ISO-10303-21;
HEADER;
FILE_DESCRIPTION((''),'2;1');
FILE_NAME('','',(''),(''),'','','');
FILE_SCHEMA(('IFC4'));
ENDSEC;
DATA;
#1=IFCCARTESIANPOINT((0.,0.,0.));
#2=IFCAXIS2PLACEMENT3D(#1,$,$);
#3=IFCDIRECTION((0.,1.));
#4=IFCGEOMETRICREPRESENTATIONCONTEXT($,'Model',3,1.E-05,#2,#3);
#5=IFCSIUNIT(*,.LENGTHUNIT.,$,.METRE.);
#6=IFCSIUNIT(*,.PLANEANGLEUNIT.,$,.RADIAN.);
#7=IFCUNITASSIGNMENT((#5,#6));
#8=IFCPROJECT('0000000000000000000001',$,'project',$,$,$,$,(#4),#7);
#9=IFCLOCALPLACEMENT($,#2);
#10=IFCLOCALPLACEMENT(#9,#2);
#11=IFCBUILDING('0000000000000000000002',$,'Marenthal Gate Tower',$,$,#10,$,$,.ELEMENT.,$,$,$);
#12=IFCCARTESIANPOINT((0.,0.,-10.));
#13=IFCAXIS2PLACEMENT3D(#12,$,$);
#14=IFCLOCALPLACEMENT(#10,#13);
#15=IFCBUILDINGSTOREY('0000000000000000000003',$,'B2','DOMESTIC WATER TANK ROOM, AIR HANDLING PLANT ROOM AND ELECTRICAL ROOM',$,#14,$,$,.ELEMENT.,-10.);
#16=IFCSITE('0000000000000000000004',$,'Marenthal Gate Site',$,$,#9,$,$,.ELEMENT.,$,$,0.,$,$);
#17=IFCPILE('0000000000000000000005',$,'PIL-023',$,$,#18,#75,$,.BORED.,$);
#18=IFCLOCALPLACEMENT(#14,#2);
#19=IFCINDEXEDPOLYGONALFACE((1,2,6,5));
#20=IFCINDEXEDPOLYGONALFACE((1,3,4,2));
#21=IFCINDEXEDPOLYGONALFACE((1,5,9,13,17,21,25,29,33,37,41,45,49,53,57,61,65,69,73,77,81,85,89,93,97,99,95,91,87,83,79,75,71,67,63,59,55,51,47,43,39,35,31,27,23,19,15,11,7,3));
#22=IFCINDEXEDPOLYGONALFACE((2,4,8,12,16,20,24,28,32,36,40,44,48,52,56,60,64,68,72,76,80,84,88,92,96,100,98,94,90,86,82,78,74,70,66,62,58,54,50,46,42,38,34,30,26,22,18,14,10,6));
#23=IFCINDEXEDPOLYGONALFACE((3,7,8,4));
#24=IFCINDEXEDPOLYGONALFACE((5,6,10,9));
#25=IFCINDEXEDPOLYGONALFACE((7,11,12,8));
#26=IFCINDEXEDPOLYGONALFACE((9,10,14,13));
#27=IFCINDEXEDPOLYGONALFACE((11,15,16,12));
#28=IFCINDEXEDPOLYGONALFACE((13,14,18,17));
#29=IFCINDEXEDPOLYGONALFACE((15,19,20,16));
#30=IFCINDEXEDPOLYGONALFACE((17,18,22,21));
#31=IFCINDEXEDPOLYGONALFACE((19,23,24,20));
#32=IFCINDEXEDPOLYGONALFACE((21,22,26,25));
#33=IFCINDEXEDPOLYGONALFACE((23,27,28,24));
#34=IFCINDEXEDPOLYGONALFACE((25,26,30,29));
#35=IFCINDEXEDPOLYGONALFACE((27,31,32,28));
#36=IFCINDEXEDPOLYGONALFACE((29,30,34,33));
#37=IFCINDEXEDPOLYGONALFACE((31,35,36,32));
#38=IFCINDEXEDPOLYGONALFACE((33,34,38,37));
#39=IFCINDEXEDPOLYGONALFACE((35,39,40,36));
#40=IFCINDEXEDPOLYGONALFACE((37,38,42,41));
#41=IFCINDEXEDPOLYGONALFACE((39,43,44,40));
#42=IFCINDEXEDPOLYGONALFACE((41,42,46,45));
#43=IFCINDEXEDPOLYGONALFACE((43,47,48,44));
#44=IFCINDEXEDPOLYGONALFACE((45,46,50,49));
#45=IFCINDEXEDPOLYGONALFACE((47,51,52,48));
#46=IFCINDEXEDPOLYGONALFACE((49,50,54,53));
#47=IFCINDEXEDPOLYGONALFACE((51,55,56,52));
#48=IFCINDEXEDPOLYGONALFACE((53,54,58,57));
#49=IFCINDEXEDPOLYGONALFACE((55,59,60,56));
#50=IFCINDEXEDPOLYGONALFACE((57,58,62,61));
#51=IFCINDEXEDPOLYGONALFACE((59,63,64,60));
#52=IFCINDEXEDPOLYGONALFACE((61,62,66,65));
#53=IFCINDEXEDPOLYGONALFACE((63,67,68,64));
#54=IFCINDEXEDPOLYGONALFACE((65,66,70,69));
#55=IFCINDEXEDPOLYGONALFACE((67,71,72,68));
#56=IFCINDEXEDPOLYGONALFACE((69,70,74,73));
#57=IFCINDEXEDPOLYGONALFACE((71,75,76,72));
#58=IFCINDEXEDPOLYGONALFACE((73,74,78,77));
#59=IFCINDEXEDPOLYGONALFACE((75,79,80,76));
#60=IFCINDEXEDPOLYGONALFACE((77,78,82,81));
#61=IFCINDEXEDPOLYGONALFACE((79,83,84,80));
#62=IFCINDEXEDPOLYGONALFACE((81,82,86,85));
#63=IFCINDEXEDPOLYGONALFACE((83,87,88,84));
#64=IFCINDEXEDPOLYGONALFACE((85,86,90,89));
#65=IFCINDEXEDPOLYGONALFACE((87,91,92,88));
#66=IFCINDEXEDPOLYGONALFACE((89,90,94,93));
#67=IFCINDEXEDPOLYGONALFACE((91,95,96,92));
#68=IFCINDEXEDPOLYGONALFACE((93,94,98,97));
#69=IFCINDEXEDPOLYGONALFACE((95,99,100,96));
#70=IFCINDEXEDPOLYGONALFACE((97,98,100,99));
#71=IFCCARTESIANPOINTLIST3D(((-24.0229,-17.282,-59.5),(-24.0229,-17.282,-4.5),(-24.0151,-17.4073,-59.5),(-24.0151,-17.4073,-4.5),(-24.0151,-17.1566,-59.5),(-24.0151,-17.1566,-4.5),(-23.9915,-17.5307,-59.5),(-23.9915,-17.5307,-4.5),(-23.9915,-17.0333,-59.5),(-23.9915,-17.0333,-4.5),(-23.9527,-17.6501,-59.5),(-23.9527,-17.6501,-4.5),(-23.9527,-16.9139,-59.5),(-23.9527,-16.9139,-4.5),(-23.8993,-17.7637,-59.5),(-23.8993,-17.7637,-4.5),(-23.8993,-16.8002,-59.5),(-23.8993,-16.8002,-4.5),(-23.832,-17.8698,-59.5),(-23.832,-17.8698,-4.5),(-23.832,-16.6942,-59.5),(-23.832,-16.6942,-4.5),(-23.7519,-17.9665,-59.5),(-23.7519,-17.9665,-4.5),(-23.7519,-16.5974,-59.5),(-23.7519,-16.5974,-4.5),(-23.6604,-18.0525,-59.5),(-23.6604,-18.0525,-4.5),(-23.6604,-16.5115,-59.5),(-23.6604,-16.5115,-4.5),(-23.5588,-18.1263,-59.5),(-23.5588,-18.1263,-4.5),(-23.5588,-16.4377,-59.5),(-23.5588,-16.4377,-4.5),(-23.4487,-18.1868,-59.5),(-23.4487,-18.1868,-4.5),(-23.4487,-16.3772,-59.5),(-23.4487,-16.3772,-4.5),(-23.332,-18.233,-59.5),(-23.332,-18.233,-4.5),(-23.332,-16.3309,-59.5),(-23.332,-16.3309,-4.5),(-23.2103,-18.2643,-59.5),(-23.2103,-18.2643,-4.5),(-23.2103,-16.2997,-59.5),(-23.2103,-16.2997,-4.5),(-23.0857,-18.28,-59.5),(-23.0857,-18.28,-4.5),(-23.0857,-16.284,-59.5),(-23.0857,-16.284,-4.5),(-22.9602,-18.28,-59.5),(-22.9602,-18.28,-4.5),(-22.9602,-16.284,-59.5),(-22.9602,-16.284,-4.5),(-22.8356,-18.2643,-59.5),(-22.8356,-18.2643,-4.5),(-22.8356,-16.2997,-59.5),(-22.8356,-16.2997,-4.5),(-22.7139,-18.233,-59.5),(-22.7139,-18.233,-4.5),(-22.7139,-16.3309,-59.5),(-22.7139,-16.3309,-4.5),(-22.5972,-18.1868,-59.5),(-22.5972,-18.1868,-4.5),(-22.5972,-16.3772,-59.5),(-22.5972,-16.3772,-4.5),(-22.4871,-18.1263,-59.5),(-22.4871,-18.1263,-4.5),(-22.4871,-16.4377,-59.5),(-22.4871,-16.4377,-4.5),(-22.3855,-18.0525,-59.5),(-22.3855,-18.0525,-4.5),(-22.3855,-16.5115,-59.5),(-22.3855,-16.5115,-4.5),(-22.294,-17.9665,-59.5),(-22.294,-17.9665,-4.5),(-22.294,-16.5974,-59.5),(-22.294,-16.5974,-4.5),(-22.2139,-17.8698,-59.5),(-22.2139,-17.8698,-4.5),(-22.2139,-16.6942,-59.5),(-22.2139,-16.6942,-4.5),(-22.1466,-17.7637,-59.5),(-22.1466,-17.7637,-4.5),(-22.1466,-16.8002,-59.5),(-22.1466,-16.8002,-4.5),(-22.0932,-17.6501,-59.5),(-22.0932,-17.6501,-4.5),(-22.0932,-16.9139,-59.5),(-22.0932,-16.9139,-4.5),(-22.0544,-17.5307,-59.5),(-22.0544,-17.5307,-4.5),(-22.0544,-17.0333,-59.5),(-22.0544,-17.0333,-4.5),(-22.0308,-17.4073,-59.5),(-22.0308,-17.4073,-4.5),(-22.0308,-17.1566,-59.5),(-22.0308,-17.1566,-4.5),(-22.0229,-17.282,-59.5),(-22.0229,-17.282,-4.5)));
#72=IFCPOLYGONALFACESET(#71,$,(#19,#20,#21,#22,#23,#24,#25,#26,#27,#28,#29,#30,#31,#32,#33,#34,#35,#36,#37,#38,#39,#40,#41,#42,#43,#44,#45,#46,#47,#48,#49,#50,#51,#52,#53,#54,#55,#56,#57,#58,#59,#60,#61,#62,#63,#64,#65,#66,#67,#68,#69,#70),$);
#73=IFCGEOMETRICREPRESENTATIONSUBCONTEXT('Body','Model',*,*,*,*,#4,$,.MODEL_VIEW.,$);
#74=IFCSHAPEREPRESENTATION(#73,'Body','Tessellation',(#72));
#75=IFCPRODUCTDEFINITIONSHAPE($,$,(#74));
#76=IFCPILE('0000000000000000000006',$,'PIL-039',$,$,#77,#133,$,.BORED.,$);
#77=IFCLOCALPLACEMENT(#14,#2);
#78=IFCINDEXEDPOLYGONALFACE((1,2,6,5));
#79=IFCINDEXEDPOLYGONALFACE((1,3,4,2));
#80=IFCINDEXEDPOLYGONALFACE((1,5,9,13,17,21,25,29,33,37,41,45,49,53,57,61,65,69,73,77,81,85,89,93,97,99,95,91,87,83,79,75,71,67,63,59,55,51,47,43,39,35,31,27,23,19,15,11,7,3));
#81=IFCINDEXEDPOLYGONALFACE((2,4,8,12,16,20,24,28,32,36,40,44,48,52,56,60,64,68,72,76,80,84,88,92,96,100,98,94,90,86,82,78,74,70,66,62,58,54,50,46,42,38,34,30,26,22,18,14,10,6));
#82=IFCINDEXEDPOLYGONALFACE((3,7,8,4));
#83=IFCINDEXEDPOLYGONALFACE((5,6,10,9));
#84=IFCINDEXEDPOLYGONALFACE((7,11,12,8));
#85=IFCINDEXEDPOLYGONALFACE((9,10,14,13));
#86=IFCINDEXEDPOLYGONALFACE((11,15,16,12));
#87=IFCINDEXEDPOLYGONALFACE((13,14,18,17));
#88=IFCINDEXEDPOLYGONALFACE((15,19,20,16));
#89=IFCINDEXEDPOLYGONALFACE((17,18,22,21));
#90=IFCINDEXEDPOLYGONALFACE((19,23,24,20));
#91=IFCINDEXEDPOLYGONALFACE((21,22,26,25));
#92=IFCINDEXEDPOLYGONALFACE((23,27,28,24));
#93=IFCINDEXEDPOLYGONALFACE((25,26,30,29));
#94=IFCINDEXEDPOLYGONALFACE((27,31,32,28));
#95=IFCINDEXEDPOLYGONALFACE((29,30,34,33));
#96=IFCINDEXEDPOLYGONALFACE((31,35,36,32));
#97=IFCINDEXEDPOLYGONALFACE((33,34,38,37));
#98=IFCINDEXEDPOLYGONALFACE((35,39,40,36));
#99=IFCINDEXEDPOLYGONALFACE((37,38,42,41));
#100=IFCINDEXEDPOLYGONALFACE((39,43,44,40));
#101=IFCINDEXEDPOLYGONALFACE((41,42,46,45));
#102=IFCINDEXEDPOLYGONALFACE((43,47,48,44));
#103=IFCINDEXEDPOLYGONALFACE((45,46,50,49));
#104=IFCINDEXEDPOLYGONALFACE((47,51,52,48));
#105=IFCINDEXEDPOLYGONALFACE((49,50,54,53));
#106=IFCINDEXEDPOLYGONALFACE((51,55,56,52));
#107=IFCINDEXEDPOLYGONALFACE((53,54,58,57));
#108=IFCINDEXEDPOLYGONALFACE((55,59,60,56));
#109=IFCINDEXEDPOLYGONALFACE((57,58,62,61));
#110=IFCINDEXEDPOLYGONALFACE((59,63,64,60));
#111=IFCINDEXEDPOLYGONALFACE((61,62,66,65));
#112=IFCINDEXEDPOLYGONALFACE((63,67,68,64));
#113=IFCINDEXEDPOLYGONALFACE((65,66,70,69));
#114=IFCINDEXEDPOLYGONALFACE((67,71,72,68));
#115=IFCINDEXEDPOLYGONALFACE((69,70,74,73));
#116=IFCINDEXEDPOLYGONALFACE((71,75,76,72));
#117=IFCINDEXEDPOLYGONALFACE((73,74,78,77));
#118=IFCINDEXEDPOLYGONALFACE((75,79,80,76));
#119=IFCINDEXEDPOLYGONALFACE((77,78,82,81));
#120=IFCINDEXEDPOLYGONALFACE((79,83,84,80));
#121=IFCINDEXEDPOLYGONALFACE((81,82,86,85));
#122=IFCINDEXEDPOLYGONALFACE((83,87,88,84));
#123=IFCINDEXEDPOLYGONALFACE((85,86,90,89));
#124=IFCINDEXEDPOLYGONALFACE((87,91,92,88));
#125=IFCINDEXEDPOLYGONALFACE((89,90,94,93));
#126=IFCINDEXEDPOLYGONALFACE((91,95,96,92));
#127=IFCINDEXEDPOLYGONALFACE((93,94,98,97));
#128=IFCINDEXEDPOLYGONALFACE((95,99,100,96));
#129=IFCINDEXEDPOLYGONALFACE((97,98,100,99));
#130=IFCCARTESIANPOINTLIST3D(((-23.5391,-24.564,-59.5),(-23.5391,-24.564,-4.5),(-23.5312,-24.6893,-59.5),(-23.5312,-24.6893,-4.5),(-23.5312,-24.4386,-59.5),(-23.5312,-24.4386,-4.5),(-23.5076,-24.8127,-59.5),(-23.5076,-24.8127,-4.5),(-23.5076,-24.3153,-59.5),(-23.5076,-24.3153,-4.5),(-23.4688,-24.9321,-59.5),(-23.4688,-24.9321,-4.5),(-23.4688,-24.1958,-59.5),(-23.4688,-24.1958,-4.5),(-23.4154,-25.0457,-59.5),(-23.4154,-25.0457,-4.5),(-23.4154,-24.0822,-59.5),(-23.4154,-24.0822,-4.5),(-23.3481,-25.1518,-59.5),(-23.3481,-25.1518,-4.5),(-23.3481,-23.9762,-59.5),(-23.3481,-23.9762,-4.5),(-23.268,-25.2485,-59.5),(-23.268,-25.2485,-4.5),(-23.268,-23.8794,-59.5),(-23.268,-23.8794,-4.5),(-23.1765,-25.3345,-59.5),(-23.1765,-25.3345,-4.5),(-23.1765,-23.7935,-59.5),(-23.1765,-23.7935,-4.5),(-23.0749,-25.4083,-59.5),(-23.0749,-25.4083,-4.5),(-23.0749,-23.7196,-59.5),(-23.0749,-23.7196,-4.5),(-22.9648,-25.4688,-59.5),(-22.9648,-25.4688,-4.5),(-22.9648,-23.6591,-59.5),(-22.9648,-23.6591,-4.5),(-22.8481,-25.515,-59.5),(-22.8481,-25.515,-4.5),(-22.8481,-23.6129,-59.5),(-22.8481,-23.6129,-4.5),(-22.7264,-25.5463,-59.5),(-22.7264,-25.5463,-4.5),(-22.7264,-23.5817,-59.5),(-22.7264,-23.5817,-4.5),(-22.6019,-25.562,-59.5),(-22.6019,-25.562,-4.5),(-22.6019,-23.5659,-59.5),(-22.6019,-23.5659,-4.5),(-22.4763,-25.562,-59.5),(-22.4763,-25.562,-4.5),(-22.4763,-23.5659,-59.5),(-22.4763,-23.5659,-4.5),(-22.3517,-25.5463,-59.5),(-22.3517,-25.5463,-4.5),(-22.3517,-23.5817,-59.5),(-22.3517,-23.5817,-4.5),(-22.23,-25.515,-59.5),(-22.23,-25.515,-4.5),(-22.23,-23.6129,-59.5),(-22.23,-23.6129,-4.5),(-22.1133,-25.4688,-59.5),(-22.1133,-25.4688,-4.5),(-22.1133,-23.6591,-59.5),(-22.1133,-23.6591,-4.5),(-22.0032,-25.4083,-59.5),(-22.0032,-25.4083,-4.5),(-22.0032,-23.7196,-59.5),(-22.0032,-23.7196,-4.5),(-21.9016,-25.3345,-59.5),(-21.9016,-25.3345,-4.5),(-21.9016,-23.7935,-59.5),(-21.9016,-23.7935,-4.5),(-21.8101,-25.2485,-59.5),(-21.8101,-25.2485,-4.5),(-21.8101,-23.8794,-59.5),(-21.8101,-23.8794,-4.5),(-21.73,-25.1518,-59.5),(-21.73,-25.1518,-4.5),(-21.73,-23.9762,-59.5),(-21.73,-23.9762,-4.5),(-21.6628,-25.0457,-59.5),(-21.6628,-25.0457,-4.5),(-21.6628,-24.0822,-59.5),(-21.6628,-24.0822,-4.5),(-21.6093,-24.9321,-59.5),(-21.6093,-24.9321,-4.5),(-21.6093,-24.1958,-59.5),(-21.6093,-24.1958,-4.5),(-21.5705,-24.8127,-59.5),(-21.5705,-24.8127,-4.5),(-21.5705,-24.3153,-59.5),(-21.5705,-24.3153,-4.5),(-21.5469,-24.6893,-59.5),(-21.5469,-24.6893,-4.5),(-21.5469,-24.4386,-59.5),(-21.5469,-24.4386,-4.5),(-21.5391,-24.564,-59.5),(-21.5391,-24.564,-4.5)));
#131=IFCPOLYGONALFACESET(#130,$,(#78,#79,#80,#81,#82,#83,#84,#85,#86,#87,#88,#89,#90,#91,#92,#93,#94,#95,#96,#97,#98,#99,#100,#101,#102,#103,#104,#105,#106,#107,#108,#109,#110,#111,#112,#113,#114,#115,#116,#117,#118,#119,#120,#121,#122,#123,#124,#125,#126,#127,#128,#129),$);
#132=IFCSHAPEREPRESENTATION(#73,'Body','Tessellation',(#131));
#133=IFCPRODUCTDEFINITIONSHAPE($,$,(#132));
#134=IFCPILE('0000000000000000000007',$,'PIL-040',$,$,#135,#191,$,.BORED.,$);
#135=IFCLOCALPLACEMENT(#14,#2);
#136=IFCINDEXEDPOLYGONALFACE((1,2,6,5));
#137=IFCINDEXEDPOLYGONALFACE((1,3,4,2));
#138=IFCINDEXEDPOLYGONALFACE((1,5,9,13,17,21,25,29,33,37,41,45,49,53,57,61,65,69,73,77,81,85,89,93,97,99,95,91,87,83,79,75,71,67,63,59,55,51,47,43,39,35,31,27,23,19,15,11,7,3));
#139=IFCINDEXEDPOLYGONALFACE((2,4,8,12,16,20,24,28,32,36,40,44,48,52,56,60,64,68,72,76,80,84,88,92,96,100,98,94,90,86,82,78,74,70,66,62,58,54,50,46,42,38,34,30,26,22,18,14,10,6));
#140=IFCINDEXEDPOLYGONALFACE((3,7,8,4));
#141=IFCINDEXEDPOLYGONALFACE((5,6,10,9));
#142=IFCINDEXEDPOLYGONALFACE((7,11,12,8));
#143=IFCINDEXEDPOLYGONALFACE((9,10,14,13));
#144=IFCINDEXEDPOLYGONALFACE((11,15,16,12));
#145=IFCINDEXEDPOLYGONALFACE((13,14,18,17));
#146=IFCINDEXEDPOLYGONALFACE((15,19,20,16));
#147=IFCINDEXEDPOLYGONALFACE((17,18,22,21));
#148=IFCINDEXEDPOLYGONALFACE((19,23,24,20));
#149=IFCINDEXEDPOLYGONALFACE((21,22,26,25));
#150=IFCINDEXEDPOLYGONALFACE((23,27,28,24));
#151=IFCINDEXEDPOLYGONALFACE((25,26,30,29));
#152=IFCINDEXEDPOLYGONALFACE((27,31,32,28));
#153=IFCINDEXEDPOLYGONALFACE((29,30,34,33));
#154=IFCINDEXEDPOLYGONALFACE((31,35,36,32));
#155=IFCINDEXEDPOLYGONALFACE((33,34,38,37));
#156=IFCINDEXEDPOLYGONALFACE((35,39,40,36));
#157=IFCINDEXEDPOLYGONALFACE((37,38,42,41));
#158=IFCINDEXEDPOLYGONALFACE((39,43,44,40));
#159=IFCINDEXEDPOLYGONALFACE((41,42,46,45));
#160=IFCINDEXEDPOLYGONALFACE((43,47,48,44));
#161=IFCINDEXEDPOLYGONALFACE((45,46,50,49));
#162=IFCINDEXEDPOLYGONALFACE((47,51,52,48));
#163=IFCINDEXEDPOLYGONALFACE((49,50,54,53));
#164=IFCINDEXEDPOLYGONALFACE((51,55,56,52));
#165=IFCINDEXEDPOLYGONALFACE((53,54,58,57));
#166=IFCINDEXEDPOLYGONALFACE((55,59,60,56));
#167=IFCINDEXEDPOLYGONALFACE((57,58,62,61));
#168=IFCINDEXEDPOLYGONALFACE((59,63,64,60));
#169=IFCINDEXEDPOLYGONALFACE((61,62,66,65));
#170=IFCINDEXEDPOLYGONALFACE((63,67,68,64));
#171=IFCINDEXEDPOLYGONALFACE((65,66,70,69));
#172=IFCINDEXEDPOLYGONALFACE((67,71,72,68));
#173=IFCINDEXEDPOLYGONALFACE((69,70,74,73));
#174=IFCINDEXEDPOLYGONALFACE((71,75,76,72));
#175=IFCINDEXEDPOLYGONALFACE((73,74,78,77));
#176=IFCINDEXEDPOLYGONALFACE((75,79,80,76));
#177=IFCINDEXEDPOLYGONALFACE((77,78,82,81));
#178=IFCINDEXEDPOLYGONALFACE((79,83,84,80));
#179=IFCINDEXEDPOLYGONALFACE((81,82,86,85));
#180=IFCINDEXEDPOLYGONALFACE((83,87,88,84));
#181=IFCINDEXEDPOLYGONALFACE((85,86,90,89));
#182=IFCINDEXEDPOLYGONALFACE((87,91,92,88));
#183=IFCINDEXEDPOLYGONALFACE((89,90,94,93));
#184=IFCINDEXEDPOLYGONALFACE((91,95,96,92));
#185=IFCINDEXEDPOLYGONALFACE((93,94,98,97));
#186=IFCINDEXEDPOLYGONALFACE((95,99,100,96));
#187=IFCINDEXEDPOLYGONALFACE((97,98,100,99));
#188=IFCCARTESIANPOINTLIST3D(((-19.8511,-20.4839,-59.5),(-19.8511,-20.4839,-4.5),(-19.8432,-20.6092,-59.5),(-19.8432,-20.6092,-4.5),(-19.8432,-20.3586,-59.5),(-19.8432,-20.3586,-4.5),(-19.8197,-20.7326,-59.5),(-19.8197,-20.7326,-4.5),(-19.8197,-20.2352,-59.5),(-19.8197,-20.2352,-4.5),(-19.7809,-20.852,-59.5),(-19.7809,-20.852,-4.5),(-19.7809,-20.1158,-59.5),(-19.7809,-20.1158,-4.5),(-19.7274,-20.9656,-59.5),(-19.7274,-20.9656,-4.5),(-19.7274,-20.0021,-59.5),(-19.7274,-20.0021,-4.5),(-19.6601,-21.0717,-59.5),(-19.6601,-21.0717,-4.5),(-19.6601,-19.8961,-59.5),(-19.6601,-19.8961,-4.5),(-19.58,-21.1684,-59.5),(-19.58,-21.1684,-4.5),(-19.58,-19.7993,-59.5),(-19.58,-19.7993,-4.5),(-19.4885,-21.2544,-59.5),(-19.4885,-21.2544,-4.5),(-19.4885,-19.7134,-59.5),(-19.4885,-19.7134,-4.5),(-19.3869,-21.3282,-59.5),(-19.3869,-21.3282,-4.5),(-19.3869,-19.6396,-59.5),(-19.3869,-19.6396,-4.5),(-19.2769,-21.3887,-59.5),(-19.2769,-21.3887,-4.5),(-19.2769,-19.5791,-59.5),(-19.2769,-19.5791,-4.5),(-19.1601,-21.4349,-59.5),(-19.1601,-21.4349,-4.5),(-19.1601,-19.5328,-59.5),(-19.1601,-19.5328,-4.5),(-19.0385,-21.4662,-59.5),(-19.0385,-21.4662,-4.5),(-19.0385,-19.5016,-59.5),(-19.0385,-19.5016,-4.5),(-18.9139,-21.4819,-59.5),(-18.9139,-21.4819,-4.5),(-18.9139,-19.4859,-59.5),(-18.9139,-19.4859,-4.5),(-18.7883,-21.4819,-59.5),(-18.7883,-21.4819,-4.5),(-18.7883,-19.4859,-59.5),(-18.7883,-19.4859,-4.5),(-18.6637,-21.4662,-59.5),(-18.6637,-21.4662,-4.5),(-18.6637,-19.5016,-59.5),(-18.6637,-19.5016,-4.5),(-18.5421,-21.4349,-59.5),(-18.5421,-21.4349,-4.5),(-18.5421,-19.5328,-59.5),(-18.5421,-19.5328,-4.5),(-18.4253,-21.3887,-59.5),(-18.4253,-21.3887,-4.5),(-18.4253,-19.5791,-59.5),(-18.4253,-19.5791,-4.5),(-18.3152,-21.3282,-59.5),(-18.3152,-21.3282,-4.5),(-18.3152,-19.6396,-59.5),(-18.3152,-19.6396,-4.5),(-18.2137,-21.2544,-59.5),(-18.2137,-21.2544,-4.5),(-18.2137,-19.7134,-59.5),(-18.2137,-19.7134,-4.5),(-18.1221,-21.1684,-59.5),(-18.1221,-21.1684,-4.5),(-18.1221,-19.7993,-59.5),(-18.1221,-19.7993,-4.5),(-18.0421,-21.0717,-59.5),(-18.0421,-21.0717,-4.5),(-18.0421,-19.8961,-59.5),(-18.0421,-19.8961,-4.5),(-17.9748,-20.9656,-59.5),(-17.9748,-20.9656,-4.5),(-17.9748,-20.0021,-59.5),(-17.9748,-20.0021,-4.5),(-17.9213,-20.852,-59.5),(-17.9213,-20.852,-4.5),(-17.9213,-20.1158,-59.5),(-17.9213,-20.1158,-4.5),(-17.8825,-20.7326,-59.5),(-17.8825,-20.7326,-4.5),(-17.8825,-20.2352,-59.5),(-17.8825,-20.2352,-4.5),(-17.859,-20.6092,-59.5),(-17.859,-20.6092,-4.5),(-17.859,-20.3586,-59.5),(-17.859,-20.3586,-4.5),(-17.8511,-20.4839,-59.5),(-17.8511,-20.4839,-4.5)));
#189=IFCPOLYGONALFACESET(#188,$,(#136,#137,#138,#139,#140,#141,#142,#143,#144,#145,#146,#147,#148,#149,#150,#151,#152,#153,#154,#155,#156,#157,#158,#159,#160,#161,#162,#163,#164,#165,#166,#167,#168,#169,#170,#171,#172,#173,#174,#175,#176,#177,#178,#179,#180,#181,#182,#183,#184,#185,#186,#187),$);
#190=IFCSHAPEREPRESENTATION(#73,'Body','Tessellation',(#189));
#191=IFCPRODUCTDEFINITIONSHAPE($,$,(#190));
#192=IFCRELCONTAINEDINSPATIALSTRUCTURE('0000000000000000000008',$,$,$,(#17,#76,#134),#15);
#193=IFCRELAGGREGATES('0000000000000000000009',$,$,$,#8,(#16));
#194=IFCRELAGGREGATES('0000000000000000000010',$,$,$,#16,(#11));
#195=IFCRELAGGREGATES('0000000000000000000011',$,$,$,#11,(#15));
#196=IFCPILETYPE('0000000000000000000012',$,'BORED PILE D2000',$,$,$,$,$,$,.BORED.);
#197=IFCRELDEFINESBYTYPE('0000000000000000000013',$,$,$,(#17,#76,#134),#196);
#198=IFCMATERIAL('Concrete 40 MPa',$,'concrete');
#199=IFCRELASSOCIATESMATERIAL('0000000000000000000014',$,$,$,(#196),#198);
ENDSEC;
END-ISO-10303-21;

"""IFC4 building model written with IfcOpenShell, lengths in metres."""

from ifc_helpers import new_model, si_unit, direction, frame, origin, origin_2d, place, context, subcontext, project, spatial, circle, extrude, material, type_object, element, save


model = new_model("IFC4")

# Units and contexts
model_context = context("Model", 3, precision=1e-05, world=origin(), true_north=direction((0.0, 1.0)))
body_context = subcontext(model_context, "Body", "Model", "MODEL_VIEW")
ifc_project = project(units=[si_unit("LENGTHUNIT", "METRE"), si_unit("PLANEANGLEUNIT", "RADIAN")], contexts=[model_context])

# Site, building, storey
site_placement = place(None, origin())
site = spatial("IfcSite", under=ifc_project, at=site_placement, Name="Marenthal Gate Site", CompositionType="ELEMENT", RefElevation=0.0)
building_placement = place(site_placement, origin())
building = spatial("IfcBuilding", under=site, at=building_placement, Name="Marenthal Gate Tower", CompositionType="ELEMENT")
storey_placement = place(building_placement, frame((0.0, 0.0, -10.0)))
storey = spatial("IfcBuildingStorey", under=building, at=storey_placement, Name="B2", Description="DOMESTIC WATER TANK ROOM, AIR HANDLING PLANT ROOM AND ELECTRICAL ROOM", CompositionType="ELEMENT", Elevation=-10.0)

# Piles
ifc_material_1 = material(Name="Concrete 40 MPa", Category="concrete")
pile_type = type_object("IfcPileType", Name="BORED PILE D2000", PredefinedType="BORED", material=ifc_material_1)
for number, where, z_axis, x_axis, name in (
    (1, (-23.0229, -17.282, -4.5), (0.0, 0.0, -1.0), (1.0, 0.0, 0.0), "PIL-023"),
    (2, (-22.5391, -24.564, -4.5), (0.0, 0.0, -1.0), (1.0, 0.0, 0.0), "PIL-039"),
    (3, (-18.8511, -20.4839, -4.5), (0.0, 0.0, -1.0), (1.0, 0.0, 0.0), "PIL-040"),
):
    element("IfcPile", number, at=place(storey_placement, frame(where, z_axis=z_axis, x_axis=x_axis)), inside=storey, type_object=pile_type, Name=name, PredefinedType="BORED", context=body_context, shape_type="SweptSolid", body=[
        extrude(circle(Radius=1.0, at=origin_2d()), origin(), (0.0, 0.0, 1.0), 55.0),
    ])

save(model, "model.ifc")
